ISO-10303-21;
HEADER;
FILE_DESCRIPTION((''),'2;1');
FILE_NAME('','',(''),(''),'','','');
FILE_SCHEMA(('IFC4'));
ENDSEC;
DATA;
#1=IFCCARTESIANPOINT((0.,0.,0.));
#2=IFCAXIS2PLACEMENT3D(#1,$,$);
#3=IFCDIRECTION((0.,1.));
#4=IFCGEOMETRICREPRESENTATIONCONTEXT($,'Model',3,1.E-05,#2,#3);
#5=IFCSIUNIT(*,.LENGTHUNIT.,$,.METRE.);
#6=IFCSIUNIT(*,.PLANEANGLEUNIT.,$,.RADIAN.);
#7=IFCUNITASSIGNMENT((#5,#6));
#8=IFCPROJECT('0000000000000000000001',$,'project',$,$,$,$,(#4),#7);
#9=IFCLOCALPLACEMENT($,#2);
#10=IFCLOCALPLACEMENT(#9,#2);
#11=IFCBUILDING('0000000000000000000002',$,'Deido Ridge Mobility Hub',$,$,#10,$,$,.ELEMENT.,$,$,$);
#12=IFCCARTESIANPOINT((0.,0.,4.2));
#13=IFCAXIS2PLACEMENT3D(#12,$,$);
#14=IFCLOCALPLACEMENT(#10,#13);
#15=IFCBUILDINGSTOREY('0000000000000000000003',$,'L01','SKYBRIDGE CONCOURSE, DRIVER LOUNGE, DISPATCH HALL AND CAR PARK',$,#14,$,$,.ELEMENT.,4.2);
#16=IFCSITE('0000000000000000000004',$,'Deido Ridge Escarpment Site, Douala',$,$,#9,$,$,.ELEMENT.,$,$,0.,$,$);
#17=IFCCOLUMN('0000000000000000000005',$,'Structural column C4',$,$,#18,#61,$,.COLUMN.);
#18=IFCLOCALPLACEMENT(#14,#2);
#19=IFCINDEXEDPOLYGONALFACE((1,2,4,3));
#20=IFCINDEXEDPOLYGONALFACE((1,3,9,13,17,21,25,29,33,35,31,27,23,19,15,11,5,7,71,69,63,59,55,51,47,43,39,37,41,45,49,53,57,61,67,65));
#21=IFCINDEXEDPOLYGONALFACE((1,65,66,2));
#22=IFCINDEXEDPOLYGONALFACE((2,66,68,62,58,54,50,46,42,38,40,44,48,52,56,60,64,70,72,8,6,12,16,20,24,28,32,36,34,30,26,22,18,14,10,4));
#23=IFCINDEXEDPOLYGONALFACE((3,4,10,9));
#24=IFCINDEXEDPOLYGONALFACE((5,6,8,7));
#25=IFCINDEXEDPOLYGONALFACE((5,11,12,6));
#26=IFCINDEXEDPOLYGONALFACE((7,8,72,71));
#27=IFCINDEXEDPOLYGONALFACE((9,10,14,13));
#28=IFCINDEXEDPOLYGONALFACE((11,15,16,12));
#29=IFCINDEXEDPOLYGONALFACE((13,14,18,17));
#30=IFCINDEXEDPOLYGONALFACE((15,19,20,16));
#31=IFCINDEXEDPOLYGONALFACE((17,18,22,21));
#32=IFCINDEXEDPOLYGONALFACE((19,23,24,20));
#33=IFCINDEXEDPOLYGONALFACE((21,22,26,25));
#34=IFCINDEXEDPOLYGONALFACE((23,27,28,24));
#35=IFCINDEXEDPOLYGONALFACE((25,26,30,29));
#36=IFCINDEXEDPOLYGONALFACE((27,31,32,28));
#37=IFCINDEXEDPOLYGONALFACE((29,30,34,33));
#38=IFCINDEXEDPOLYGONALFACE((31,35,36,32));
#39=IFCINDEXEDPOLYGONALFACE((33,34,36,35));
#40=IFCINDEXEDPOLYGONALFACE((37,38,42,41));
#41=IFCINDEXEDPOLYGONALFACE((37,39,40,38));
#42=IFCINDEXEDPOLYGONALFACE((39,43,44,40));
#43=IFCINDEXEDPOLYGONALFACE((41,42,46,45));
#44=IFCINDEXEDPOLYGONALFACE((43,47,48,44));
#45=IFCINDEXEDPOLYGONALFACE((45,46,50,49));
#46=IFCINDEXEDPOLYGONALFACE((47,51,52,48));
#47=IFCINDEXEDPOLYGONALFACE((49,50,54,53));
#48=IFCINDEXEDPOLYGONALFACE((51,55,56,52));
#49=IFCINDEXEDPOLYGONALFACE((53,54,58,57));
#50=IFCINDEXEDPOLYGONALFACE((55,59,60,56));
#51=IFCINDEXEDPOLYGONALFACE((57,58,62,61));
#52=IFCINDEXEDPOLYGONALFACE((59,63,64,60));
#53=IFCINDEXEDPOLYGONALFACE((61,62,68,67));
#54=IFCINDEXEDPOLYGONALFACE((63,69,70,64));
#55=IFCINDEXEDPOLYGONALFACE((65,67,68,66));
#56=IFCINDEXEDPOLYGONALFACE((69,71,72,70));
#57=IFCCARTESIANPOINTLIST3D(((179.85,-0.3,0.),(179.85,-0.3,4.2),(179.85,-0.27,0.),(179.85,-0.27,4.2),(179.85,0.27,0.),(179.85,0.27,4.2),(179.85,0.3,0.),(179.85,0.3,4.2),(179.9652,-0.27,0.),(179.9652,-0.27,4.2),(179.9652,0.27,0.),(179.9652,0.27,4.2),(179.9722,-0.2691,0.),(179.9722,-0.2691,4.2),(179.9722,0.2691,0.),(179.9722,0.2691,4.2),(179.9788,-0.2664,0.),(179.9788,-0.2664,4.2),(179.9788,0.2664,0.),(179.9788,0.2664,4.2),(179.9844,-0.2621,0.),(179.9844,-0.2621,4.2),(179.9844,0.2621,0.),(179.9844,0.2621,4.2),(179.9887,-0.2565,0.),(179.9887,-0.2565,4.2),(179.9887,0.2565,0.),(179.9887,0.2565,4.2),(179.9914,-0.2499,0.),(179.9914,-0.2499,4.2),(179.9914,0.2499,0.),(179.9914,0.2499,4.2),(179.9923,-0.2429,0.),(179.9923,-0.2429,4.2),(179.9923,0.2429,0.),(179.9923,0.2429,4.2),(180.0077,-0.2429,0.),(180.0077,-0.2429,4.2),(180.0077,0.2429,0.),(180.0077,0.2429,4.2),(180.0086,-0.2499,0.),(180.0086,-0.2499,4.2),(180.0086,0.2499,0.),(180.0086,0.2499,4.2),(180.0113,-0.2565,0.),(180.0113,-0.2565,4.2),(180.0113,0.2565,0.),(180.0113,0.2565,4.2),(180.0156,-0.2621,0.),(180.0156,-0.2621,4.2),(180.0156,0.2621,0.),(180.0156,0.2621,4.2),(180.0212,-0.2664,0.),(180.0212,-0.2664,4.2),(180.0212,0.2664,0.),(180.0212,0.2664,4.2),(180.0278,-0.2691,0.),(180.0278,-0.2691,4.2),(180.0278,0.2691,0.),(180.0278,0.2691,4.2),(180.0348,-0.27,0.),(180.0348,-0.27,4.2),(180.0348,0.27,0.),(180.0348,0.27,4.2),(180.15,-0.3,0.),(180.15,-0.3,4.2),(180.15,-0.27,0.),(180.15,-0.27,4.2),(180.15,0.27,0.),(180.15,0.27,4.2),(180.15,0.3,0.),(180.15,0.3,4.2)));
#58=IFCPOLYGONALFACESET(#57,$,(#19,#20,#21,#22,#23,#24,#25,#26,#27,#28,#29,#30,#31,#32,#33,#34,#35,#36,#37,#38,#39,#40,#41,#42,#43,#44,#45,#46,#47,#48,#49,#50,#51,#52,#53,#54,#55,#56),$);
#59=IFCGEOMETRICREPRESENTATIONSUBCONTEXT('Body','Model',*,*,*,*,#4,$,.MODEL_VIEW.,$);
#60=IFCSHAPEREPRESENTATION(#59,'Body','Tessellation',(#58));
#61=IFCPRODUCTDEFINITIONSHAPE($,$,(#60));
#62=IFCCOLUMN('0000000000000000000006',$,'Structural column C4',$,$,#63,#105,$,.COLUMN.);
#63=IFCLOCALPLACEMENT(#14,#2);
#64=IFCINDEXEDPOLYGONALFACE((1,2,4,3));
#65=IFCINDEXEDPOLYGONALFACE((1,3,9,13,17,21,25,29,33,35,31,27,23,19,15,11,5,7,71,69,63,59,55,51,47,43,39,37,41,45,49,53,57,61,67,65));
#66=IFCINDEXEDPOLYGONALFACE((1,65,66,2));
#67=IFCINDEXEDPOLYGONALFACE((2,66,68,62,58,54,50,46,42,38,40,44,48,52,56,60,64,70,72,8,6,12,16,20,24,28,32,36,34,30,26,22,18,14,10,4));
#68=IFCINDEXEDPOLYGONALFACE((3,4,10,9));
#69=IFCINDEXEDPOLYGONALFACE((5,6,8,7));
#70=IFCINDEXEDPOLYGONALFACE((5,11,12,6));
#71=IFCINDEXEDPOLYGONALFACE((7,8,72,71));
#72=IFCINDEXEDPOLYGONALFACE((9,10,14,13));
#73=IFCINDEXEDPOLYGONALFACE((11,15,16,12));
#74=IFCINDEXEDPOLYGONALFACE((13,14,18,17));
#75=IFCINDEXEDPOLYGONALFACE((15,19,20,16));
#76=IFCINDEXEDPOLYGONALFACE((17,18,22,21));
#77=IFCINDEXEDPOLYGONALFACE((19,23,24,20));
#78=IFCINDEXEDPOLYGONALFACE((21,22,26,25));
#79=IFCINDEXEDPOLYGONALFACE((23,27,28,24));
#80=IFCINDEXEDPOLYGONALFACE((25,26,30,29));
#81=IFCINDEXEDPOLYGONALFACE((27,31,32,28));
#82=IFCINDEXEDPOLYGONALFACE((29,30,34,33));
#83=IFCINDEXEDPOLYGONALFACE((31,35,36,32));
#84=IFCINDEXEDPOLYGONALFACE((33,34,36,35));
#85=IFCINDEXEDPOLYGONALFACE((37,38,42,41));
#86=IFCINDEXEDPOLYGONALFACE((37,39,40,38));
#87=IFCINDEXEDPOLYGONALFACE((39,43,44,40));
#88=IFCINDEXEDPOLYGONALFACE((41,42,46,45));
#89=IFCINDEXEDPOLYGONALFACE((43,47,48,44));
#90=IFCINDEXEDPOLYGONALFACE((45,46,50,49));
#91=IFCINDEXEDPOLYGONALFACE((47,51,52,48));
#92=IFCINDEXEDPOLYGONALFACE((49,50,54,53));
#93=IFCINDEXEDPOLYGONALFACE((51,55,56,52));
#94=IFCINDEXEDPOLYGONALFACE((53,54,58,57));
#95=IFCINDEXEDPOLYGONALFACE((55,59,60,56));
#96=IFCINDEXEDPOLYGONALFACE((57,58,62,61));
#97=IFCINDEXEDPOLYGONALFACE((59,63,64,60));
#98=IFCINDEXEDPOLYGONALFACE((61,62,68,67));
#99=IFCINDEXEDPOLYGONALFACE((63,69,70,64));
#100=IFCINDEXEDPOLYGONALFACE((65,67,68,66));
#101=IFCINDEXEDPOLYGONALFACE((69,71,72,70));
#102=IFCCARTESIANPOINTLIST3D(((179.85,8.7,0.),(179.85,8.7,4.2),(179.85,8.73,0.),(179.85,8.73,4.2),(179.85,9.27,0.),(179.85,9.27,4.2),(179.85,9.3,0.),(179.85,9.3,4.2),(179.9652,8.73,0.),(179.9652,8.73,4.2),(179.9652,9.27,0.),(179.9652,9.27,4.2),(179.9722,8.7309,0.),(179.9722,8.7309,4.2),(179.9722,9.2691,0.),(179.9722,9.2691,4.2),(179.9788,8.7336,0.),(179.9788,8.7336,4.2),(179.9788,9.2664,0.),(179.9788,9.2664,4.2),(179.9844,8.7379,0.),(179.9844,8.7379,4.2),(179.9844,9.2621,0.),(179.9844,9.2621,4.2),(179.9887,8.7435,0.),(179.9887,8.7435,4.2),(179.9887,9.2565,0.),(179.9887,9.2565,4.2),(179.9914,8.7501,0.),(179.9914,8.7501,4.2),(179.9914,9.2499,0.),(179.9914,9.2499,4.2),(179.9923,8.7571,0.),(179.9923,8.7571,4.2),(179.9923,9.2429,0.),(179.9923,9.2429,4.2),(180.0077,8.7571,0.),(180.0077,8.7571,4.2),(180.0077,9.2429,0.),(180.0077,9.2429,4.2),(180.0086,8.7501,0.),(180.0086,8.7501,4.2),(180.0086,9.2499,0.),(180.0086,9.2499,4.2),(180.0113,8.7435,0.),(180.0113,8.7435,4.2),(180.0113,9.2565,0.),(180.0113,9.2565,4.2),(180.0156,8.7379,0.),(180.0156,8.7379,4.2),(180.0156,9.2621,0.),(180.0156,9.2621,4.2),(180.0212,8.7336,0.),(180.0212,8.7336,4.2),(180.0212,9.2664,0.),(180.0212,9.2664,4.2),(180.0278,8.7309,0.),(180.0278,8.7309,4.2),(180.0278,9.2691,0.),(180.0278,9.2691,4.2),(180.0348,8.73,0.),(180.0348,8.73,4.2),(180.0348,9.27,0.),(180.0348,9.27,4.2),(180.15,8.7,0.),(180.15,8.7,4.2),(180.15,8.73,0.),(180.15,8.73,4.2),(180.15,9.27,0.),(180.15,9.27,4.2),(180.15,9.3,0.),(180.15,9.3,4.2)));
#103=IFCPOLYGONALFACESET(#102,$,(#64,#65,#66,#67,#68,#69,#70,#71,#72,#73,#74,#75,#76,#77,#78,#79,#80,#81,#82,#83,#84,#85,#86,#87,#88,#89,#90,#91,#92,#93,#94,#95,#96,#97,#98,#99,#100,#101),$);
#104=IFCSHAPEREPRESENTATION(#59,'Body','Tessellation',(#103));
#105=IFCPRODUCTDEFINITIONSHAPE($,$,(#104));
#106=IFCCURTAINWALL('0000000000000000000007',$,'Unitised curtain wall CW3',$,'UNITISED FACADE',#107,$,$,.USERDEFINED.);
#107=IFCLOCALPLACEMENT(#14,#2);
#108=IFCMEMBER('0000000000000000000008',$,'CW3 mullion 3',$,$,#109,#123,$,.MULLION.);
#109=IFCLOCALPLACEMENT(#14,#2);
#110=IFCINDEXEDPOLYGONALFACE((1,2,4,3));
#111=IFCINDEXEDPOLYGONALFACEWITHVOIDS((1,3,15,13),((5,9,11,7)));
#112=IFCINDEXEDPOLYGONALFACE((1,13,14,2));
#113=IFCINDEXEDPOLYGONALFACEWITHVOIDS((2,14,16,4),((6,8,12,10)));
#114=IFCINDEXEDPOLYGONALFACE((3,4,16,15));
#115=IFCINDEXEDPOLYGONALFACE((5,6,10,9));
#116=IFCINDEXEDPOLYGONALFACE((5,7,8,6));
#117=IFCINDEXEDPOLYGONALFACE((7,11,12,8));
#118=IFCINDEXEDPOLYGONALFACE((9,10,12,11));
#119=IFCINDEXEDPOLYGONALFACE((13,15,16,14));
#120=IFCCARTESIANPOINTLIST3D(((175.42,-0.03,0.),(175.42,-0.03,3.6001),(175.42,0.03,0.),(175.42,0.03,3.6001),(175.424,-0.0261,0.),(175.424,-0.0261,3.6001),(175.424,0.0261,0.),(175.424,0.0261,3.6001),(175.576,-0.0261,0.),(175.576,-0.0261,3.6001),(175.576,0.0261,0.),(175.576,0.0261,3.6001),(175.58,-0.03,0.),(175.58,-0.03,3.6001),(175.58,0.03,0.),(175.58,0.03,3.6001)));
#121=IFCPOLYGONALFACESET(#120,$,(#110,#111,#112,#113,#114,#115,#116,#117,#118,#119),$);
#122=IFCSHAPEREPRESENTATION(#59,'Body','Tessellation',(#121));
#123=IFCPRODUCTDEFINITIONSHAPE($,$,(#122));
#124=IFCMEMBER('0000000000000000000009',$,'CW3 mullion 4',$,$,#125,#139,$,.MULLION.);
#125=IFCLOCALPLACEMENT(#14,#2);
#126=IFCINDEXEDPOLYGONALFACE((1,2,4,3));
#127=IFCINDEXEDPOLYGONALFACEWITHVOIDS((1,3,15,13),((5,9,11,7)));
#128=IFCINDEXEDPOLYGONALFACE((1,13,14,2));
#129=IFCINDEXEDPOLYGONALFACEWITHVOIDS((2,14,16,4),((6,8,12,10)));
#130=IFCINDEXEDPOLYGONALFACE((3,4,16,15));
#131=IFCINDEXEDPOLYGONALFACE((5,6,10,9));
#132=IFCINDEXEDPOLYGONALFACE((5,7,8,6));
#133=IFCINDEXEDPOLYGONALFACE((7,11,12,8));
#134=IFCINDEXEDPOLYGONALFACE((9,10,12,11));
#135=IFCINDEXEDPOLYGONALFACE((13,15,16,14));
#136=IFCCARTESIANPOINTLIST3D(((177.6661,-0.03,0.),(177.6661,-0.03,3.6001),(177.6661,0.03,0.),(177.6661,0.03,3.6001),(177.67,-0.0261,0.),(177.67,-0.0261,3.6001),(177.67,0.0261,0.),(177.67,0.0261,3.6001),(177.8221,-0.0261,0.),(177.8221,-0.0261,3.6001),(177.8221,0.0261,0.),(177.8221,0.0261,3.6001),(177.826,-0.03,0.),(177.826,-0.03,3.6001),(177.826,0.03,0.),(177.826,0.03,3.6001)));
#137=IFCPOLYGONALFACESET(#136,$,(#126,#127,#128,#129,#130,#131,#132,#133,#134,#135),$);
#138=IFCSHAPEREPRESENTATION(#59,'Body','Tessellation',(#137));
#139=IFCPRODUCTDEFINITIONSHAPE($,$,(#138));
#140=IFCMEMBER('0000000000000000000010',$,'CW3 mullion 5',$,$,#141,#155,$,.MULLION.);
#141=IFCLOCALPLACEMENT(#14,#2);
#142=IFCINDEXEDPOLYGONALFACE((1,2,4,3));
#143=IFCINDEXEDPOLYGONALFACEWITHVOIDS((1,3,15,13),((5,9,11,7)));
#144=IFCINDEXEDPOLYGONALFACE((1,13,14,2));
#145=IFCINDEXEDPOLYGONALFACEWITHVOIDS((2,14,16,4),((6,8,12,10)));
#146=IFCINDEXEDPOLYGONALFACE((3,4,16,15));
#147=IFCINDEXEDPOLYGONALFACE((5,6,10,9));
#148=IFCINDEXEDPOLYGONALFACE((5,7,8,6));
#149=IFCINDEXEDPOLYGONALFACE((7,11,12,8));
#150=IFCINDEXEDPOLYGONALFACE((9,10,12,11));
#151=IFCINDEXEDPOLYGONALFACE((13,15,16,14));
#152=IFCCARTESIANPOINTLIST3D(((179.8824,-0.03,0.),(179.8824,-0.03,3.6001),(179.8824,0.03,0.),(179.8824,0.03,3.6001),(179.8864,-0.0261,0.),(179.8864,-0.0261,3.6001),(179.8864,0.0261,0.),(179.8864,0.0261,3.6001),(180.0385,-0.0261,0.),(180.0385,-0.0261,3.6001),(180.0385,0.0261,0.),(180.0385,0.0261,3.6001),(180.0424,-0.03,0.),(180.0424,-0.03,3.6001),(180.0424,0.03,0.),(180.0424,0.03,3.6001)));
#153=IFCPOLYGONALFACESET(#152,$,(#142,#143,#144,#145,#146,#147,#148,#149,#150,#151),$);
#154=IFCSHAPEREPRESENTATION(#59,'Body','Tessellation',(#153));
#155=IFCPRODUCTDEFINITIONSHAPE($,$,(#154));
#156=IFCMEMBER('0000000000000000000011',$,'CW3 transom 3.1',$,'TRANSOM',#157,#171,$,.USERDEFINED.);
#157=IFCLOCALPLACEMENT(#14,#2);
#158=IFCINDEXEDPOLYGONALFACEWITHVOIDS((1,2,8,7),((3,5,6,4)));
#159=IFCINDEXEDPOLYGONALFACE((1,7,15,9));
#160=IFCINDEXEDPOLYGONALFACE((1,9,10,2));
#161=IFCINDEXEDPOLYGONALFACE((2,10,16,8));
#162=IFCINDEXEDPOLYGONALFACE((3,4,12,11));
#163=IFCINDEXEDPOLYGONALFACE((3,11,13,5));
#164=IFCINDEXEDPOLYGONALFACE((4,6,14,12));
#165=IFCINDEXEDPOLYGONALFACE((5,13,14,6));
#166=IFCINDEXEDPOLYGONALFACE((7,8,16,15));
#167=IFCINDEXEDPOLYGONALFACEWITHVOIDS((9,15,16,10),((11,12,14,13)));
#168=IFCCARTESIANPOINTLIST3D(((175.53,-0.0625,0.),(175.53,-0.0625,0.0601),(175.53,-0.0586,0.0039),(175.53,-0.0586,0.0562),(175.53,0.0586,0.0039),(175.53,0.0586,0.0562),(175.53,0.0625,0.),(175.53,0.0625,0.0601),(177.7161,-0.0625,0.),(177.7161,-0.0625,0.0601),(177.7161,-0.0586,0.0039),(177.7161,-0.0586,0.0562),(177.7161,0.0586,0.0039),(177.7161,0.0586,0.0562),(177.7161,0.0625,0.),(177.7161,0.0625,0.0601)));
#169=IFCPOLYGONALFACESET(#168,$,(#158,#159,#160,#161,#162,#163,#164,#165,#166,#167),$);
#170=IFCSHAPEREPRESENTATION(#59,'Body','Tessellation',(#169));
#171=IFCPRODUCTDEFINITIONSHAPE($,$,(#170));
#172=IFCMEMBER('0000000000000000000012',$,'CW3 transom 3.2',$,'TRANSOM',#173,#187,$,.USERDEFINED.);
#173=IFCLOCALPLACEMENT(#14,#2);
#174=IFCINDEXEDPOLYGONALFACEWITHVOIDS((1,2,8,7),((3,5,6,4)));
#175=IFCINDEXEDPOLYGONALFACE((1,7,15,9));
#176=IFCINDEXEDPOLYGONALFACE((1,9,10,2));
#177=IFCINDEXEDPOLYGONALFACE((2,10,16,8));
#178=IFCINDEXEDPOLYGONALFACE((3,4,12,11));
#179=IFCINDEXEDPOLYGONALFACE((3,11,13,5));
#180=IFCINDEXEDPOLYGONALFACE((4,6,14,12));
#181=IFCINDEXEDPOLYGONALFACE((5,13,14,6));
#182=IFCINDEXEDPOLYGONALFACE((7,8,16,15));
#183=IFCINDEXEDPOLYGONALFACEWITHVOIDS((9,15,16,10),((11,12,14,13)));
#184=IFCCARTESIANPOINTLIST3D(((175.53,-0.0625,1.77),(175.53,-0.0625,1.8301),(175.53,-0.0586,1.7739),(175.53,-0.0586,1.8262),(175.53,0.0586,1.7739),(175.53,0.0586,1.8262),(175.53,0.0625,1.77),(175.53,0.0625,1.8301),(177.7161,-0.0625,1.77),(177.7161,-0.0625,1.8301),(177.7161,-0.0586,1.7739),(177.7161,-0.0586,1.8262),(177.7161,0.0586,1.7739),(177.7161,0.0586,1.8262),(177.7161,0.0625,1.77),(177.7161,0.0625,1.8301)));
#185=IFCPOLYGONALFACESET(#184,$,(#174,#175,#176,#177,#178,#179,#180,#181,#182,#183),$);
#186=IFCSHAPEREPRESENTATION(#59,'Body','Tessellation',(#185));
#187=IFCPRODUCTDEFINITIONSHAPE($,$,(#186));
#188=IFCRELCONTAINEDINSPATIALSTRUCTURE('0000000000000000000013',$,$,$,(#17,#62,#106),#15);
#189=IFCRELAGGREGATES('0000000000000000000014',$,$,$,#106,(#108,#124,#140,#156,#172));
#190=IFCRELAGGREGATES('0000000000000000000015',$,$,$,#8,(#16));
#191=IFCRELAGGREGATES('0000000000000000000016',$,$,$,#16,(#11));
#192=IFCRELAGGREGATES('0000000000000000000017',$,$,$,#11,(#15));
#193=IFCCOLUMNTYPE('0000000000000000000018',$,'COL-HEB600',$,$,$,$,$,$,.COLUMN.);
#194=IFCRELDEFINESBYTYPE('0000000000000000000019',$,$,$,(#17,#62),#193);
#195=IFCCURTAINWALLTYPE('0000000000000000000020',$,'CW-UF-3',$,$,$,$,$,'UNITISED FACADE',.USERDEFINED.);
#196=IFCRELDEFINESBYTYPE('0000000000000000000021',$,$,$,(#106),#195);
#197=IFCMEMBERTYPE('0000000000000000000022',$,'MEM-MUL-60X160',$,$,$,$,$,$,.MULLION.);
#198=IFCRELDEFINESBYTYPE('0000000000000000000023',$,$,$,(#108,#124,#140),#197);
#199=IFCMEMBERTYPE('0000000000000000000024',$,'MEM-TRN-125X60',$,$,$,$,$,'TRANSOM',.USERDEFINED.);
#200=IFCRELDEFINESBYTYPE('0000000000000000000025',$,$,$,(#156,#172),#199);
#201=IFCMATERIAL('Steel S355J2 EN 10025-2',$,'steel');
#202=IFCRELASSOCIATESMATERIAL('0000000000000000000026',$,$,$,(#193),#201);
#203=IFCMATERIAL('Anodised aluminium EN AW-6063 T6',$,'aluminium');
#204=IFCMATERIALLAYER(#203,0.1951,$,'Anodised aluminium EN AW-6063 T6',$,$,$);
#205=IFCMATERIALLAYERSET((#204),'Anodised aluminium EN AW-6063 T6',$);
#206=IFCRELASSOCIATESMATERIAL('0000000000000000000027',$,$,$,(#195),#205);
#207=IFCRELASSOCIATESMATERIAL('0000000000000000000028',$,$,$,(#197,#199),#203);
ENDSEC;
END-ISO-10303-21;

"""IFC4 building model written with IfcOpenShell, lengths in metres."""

from ifc_helpers import new_model, si_unit, direction, frame, origin, origin_2d, place, context, subcontext, project, spatial, hollow_rectangle, i_section, extrude, material, layer, layer_set, material_profile, profile_set, type_object, element, aggregate, save


model = new_model("IFC4")

# Units and contexts
model_context = context("Model", 3, precision=1e-05, world=origin(), true_north=direction((0.0, 1.0)))
body_context = subcontext(model_context, "Body", "Model", "MODEL_VIEW")
ifc_project = project(units=[si_unit("LENGTHUNIT", "METRE"), si_unit("PLANEANGLEUNIT", "RADIAN")], contexts=[model_context])

# Site, building, storey
site_placement = place(None, origin())
site = spatial("IfcSite", under=ifc_project, at=site_placement, Name="Deido Ridge Escarpment Site, Douala", CompositionType="ELEMENT", RefElevation=0.0)
building_placement = place(site_placement, origin())
building = spatial("IfcBuilding", under=site, at=building_placement, Name="Deido Ridge Mobility Hub", CompositionType="ELEMENT")
storey_placement = place(building_placement, frame((0.0, 0.0, 4.2)))
storey = spatial("IfcBuildingStorey", under=building, at=storey_placement, Name="L01", Description="SKYBRIDGE CONCOURSE, DRIVER LOUNGE, DISPATCH HALL AND CAR PARK", CompositionType="ELEMENT", Elevation=4.2)

# Columns
ifc_material_1 = material(Name="Steel S355J2 EN 10025-2", Category="steel")
ifc_material_profile_1 = material_profile(ifc_material_1, i_section(OverallWidth=0.3, OverallDepth=0.6001, WebThickness=0.0154, FlangeThickness=0.03, FilletRadius=0.0271, at=origin_2d()), Name="HEB 600")
ifc_profile_set_1 = profile_set([ifc_material_profile_1], Name="Steel S355J2 EN 10025-2")
column_type = type_object("IfcColumnType", Name="COL-HEB600", PredefinedType="COLUMN", material=ifc_profile_set_1)
for number, where, z_axis, x_axis, name in (
    (1, (180.0, 0.0, 0.0), (0.0, 0.0, 1.0), (1.0, 0.0, 0.0), "Structural column C4"),
    (2, (180.0, 9.0, 0.0), (0.0, 0.0, 1.0), (1.0, 0.0, 0.0), "Structural column C4"),
):
    element("IfcColumn", number, at=place(storey_placement, frame(where, z_axis=z_axis, x_axis=x_axis)), inside=storey, type_object=column_type, Name=name, PredefinedType="COLUMN", context=body_context, shape_type="SweptSolid", body=[
        extrude(i_section(OverallWidth=0.3, OverallDepth=0.6001, WebThickness=0.0154, FlangeThickness=0.03, FilletRadius=0.0271, at=origin_2d()), origin(), (0.0, 0.0, 1.0), 4.2),
    ])

# Curtain wall, members
ifc_material_2 = material(Name="Anodised aluminium EN AW-6063 T6", Category="aluminium")
ifc_layer_1 = layer(ifc_material_2, 0.1951, Name="Anodised aluminium EN AW-6063 T6")
ifc_layer_set_1 = layer_set([ifc_layer_1], Name="Anodised aluminium EN AW-6063 T6")
curtain_wall_type = type_object("IfcCurtainWallType", Name="CW-UF-3", ElementType="UNITISED FACADE", PredefinedType="USERDEFINED", material=ifc_layer_set_1)
curtain_wall_placement = place(storey_placement, origin())
curtain_wall = element("IfcCurtainWall", 3, at=curtain_wall_placement, inside=storey, type_object=curtain_wall_type, Name="Unitised curtain wall CW3", ObjectType="UNITISED FACADE", PredefinedType="USERDEFINED")
ifc_material_profile_2 = material_profile(ifc_material_2, hollow_rectangle(XDim=0.0601, YDim=0.1599, WallThickness=0.0039, at=origin_2d()), Name="RHS 60x160x4")
ifc_profile_set_2 = profile_set([ifc_material_profile_2], Name="Anodised aluminium EN AW-6063 T6")
member_type_1 = type_object("IfcMemberType", Name="MEM-MUL-60X160", PredefinedType="MULLION", material=ifc_profile_set_2)
member_1_placement = place(storey_placement, frame((175.5, 0.0, 0.0), z_axis=(0.0, 0.0, 1.0), x_axis=(0.0, 1.0, 0.0)))
member_1 = element("IfcMember", 4, at=member_1_placement, type_object=member_type_1, Name="CW3 mullion 3", PredefinedType="MULLION", context=body_context, shape_type="SweptSolid", body=[
    extrude(hollow_rectangle(XDim=0.0601, YDim=0.1599, WallThickness=0.0039, at=origin_2d()), origin(), (0.0, 0.0, 1.0), 3.6001),
])
member_2_placement = place(storey_placement, frame((177.7461, 0.0, 0.0), z_axis=(0.0, 0.0, 1.0), x_axis=(0.0, 1.0, 0.0)))
member_2 = element("IfcMember", 5, at=member_2_placement, type_object=member_type_1, Name="CW3 mullion 4", PredefinedType="MULLION", context=body_context, shape_type="SweptSolid", body=[
    extrude(hollow_rectangle(XDim=0.0601, YDim=0.1599, WallThickness=0.0039, at=origin_2d()), origin(), (0.0, 0.0, 1.0), 3.6001),
])
member_3_placement = place(storey_placement, frame((179.9624, 0.0, 0.0), z_axis=(0.0, 0.0, 1.0), x_axis=(0.0, 1.0, 0.0)))
member_3 = element("IfcMember", 6, at=member_3_placement, type_object=member_type_1, Name="CW3 mullion 5", PredefinedType="MULLION", context=body_context, shape_type="SweptSolid", body=[
    extrude(hollow_rectangle(XDim=0.0601, YDim=0.1599, WallThickness=0.0039, at=origin_2d()), origin(), (0.0, 0.0, 1.0), 3.6001),
])
ifc_material_profile_3 = material_profile(ifc_material_2, hollow_rectangle(XDim=0.125, YDim=0.0601, WallThickness=0.0039, at=origin_2d()), Name="RHS 125x60x4")
ifc_profile_set_3 = profile_set([ifc_material_profile_3], Name="Anodised aluminium EN AW-6063 T6")
member_type_2 = type_object("IfcMemberType", Name="MEM-TRN-125X60", ElementType="TRANSOM", PredefinedType="USERDEFINED", material=ifc_profile_set_3)
member_4_placement = place(storey_placement, frame((175.53, 0.0, 0.03), z_axis=(1.0, 0.0, 0.0), x_axis=(0.0, 1.0, 0.0)))
member_4 = element("IfcMember", 7, at=member_4_placement, type_object=member_type_2, Name="CW3 transom 3.1", ObjectType="TRANSOM", PredefinedType="USERDEFINED", context=body_context, shape_type="SweptSolid", body=[
    extrude(hollow_rectangle(XDim=0.125, YDim=0.0601, WallThickness=0.0039, at=origin_2d()), origin(), (0.0, 0.0, 1.0), 2.186),
])
member_5_placement = place(storey_placement, frame((175.53, 0.0, 1.8), z_axis=(1.0, 0.0, 0.0), x_axis=(0.0, 1.0, 0.0)))
member_5 = element("IfcMember", 8, at=member_5_placement, type_object=member_type_2, Name="CW3 transom 3.2", ObjectType="TRANSOM", PredefinedType="USERDEFINED", context=body_context, shape_type="SweptSolid", body=[
    extrude(hollow_rectangle(XDim=0.125, YDim=0.0601, WallThickness=0.0039, at=origin_2d()), origin(), (0.0, 0.0, 1.0), 2.186),
])

aggregate(curtain_wall, [member_1, member_2, member_3, member_4, member_5])

save(model, "model.ifc")
